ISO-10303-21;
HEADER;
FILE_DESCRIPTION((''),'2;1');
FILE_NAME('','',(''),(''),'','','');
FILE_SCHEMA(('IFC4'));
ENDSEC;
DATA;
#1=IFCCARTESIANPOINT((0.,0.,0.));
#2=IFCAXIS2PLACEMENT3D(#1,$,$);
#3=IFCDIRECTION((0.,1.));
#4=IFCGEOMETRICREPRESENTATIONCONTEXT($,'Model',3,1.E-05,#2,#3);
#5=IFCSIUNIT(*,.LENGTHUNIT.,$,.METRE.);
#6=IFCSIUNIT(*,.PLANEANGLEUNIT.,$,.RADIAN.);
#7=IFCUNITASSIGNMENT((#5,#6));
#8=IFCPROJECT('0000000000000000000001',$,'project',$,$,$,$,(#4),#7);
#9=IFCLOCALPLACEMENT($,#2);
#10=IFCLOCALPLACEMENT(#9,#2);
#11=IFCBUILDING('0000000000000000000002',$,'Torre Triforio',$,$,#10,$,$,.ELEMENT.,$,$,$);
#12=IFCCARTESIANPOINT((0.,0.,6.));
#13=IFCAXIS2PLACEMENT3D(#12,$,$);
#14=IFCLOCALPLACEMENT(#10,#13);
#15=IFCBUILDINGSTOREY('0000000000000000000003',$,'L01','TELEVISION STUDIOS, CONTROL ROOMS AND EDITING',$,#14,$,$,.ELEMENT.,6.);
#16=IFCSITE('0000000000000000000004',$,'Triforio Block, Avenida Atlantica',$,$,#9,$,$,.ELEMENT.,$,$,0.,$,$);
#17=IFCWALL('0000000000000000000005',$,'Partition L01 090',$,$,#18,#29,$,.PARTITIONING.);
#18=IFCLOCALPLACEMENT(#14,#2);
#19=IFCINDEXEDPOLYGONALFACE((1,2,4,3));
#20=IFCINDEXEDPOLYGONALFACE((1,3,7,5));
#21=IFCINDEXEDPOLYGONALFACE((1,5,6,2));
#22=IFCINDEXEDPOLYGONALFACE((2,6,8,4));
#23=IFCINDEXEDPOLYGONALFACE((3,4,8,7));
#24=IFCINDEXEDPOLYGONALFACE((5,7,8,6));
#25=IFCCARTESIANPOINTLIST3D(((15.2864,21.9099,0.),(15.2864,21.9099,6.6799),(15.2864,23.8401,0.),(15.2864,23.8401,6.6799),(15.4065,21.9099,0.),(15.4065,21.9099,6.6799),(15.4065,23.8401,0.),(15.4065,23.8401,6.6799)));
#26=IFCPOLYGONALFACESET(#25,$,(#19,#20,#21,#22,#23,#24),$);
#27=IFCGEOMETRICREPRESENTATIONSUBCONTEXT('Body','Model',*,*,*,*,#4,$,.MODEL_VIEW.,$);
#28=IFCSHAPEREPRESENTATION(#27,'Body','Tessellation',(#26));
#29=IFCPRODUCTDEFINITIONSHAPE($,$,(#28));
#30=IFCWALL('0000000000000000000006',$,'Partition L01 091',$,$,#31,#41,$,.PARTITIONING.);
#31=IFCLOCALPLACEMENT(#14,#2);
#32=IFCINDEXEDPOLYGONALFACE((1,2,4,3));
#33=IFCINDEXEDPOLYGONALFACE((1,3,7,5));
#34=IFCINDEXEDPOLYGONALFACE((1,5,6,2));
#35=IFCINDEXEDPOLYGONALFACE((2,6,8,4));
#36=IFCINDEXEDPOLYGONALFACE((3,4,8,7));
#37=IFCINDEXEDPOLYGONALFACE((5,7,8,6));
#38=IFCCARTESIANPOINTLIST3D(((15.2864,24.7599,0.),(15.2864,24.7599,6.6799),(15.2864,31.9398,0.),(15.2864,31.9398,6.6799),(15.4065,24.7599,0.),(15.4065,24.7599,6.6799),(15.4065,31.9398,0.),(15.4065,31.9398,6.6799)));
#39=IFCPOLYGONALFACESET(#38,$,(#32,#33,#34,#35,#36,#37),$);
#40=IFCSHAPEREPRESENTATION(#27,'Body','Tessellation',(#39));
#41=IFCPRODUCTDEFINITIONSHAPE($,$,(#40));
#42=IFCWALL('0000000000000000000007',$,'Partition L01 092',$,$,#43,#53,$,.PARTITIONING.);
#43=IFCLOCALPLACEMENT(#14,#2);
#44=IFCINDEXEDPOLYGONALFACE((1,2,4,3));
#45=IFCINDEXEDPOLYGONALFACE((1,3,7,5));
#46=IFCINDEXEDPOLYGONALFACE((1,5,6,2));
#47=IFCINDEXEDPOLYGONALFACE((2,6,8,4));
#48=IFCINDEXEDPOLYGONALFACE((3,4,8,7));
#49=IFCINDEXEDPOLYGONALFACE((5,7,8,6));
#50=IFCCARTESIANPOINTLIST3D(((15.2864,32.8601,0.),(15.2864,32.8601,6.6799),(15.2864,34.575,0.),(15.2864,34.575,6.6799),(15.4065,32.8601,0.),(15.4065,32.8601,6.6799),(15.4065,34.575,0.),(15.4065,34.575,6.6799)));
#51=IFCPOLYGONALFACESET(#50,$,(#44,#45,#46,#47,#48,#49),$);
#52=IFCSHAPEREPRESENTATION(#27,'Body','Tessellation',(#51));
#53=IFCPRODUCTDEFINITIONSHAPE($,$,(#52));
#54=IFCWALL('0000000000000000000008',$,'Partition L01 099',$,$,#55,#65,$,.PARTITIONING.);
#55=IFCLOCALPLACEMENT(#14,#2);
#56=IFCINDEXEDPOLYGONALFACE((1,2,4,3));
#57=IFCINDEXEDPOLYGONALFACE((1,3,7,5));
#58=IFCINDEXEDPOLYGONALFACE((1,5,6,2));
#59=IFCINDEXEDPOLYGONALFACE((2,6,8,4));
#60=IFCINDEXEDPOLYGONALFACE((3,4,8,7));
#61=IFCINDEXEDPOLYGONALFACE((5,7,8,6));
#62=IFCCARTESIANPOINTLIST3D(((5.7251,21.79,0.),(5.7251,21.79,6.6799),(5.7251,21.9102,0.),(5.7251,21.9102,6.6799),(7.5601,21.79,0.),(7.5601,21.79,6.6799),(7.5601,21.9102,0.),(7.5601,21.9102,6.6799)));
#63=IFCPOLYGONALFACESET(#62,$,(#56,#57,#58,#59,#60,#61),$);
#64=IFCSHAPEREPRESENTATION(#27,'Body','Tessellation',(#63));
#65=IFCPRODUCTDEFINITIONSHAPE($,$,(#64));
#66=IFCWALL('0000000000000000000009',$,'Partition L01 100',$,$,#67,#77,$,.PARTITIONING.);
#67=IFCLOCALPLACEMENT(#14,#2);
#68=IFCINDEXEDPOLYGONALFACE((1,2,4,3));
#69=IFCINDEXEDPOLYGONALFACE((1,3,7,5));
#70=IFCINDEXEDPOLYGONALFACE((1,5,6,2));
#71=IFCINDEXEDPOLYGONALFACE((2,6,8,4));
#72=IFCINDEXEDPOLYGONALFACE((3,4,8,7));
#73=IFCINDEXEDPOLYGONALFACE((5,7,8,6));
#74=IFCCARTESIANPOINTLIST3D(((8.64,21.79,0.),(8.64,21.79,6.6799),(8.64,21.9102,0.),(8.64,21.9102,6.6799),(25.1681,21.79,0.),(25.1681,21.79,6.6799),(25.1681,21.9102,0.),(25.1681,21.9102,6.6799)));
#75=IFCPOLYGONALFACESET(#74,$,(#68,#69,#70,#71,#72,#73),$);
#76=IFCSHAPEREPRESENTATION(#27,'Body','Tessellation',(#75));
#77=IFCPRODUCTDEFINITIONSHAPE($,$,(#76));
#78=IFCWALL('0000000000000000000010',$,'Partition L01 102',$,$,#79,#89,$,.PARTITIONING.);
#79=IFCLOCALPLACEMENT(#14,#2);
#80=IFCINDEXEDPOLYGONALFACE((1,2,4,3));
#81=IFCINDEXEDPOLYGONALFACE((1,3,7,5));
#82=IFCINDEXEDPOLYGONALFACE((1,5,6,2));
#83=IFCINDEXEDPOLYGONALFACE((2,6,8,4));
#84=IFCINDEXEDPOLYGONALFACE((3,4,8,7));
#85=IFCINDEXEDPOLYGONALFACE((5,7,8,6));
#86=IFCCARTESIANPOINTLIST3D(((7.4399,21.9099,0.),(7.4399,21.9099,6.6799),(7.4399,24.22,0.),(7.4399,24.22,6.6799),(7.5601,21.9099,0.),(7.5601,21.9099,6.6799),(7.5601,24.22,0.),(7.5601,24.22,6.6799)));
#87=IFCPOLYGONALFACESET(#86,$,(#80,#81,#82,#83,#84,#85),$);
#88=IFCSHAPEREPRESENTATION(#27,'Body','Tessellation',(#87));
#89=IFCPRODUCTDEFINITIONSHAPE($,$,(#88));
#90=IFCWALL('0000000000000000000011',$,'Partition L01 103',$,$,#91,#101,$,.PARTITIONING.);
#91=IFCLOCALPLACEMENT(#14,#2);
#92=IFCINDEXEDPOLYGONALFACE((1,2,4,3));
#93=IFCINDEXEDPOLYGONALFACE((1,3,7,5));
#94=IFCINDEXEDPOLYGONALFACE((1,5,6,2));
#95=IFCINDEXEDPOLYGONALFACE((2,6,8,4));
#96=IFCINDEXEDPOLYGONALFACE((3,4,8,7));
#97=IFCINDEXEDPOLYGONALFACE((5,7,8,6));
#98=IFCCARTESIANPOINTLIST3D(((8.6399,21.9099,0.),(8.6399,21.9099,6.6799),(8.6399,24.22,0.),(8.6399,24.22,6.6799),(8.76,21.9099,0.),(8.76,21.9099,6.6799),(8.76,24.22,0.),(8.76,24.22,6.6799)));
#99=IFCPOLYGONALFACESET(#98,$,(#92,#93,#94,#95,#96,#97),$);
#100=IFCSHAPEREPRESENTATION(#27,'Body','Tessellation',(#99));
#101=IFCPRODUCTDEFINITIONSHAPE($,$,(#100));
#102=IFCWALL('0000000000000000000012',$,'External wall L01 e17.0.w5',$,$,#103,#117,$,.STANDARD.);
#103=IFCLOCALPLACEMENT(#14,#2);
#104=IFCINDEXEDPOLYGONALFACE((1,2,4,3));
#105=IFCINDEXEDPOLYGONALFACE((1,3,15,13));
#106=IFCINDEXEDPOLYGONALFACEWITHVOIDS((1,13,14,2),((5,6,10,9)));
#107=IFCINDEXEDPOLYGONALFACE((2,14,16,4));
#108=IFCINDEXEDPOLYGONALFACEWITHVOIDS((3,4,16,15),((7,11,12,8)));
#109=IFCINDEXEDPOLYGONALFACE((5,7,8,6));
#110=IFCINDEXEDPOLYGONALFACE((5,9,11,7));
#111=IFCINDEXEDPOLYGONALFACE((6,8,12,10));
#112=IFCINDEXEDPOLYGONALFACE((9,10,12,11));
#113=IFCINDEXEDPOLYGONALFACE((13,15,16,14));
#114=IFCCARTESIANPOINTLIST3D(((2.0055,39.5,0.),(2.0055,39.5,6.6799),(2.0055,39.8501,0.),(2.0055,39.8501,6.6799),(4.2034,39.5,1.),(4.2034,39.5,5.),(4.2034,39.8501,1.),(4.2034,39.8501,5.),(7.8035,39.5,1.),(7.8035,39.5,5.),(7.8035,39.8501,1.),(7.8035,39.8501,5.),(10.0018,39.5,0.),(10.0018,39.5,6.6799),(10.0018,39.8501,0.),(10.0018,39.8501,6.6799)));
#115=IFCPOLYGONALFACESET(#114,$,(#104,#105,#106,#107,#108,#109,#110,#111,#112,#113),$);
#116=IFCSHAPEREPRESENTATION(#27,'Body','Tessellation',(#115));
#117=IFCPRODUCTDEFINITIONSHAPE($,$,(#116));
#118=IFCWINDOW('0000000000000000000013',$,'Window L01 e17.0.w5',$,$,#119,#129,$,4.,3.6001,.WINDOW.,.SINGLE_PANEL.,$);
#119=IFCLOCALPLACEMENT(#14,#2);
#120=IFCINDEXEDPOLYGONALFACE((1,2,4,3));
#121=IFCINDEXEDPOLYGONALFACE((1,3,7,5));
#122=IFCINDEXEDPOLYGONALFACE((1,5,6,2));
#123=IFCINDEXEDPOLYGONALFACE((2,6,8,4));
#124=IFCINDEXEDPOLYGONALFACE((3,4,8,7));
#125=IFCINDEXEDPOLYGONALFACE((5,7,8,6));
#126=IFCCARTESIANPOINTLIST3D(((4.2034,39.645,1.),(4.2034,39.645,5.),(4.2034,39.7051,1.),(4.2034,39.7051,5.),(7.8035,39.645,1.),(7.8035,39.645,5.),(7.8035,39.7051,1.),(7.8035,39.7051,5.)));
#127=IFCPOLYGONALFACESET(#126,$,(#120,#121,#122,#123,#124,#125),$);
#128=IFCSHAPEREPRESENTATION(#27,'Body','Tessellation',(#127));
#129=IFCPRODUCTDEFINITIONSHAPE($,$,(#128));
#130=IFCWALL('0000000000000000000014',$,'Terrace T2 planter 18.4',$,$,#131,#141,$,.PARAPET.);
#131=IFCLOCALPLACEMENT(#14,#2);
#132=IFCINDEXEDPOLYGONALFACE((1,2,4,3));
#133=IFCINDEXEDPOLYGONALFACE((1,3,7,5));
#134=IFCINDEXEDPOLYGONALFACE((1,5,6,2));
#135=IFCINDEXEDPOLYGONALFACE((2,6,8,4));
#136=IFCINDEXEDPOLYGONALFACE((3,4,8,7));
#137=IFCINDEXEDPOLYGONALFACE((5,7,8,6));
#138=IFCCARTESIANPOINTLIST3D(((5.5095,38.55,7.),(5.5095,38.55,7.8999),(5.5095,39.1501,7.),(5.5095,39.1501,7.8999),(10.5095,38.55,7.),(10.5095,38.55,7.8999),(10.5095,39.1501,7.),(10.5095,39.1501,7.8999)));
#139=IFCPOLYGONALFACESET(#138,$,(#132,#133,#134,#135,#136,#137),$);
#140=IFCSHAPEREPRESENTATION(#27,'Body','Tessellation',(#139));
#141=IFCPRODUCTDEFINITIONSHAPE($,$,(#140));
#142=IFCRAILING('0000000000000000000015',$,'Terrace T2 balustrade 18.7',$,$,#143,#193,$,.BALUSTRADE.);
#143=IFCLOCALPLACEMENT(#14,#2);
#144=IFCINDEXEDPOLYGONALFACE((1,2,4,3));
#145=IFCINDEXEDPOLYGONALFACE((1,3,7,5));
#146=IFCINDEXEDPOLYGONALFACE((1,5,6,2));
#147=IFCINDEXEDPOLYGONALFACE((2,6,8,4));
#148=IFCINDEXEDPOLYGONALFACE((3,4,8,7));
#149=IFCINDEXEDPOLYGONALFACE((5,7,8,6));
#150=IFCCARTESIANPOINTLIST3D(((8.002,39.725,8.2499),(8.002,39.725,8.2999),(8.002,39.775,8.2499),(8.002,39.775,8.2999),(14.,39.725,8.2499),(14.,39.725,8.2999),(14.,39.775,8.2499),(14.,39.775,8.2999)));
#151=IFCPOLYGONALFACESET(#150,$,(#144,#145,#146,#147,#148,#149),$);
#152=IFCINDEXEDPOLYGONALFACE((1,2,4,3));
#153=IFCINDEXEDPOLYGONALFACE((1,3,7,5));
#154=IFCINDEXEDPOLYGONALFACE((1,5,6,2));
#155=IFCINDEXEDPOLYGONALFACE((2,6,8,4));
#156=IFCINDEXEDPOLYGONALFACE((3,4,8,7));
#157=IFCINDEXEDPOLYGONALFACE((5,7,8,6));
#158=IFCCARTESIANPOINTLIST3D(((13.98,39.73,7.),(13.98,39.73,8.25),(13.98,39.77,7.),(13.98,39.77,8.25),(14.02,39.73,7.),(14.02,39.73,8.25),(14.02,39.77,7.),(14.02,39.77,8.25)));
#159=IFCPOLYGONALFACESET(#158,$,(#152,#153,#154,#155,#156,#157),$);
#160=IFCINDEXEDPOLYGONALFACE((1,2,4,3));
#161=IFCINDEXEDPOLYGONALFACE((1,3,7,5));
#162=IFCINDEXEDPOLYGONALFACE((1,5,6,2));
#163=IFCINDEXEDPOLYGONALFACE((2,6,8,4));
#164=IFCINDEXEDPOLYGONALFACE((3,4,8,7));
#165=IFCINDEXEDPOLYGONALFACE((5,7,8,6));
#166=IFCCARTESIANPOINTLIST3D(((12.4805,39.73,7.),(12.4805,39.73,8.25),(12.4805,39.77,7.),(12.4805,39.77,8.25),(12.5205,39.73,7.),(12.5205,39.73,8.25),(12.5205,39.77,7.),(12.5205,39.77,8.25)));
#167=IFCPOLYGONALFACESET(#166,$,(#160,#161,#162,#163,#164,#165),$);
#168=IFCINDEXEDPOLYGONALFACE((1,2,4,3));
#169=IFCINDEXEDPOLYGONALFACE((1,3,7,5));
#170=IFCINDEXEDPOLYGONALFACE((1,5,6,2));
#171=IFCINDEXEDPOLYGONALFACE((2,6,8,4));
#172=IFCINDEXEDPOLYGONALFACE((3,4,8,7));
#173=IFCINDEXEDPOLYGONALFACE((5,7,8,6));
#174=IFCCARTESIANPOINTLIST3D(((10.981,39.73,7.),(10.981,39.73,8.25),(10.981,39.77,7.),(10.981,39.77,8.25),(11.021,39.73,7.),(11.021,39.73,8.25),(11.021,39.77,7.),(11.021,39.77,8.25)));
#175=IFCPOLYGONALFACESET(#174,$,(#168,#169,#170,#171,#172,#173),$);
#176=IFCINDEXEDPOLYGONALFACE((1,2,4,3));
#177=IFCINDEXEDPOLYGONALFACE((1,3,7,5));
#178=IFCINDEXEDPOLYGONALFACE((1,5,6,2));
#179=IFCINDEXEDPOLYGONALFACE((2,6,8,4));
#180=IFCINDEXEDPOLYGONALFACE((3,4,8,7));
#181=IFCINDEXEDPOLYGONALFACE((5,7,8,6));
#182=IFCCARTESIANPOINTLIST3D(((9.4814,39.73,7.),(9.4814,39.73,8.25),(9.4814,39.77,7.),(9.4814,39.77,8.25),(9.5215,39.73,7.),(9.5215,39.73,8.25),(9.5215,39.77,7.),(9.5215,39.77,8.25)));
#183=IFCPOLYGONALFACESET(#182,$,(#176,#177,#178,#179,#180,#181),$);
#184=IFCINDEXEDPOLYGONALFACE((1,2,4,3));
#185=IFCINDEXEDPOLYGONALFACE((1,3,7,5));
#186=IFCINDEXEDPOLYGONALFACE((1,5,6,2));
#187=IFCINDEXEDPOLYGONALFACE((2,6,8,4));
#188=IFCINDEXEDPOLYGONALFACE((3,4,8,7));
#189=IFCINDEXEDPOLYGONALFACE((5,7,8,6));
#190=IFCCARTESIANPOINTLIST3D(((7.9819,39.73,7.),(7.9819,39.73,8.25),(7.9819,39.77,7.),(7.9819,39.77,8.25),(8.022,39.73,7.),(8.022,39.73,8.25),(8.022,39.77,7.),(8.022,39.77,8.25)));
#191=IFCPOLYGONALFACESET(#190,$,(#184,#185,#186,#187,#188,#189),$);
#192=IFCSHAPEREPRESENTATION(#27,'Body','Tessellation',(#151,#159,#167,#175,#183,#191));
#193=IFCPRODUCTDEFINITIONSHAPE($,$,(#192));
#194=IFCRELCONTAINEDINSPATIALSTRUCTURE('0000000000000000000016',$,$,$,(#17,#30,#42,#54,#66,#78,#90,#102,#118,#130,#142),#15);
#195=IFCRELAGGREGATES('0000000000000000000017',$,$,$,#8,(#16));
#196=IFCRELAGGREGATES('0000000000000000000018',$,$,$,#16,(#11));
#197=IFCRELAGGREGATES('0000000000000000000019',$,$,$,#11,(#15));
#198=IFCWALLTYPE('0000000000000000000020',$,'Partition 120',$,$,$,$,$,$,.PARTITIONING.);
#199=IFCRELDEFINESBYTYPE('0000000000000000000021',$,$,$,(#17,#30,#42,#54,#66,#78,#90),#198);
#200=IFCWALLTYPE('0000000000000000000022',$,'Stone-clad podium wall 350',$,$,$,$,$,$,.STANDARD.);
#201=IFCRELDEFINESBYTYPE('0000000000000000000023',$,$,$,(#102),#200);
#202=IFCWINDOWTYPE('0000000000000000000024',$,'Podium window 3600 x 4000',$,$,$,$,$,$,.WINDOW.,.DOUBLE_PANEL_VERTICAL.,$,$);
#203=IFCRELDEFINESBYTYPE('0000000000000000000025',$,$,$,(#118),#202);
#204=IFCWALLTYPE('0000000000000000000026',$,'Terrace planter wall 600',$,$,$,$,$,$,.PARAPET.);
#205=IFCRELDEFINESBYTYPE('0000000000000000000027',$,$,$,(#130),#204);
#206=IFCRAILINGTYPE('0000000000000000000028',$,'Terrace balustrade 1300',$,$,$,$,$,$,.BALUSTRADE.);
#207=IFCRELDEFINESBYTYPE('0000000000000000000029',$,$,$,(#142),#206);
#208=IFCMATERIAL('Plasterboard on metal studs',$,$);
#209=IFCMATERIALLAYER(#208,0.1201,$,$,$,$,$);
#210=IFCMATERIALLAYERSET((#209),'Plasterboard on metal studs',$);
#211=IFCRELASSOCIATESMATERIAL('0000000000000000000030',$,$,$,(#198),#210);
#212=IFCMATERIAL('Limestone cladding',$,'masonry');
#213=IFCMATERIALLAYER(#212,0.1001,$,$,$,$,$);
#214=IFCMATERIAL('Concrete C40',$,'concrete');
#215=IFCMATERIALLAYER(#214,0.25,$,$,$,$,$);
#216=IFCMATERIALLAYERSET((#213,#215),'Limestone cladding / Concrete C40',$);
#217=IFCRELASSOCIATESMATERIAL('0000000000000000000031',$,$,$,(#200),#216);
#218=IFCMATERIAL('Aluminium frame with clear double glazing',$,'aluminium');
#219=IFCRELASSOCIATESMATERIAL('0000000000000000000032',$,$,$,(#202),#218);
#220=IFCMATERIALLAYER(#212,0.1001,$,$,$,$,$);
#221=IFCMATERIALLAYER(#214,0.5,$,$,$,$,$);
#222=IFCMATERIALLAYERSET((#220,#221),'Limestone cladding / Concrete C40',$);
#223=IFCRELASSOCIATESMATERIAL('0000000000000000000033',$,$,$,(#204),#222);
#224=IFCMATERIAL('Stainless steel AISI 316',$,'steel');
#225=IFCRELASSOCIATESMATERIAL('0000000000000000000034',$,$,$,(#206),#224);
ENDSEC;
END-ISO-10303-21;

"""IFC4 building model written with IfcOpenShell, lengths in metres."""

from ifc_helpers import new_model, si_unit, direction, frame, frame_2d, origin, origin_2d, place, context, subcontext, project, spatial, rectangle, extrude, material, layer, layer_set, type_object, element, fill, save


model = new_model("IFC4")

# Units and contexts
model_context = context("Model", 3, precision=1e-05, world=origin(), true_north=direction((0.0, 1.0)))
body_context = subcontext(model_context, "Body", "Model", "MODEL_VIEW")
ifc_project = project(units=[si_unit("LENGTHUNIT", "METRE"), si_unit("PLANEANGLEUNIT", "RADIAN")], contexts=[model_context])

# Site, building, storey
site_placement = place(None, origin())
site = spatial("IfcSite", under=ifc_project, at=site_placement, Name="Triforio Block, Avenida Atlantica", CompositionType="ELEMENT", RefElevation=0.0)
building_placement = place(site_placement, origin())
building = spatial("IfcBuilding", under=site, at=building_placement, Name="Torre Triforio", CompositionType="ELEMENT")
storey_placement = place(building_placement, frame((0.0, 0.0, 6.0)))
storey = spatial("IfcBuildingStorey", under=building, at=storey_placement, Name="L01", Description="TELEVISION STUDIOS, CONTROL ROOMS AND EDITING", CompositionType="ELEMENT", Elevation=6.0)

# Shared definitions
ifc_material_1 = material(Name="Plasterboard on metal studs")

# Walls
ifc_layer_1 = layer(ifc_material_1, 0.1201)
ifc_layer_set_1 = layer_set([ifc_layer_1], Name="Plasterboard on metal studs")
wall_type_1 = type_object("IfcWallType", Name="Partition 120", PredefinedType="PARTITIONING", material=ifc_layer_set_1)
wall_1_placement = place(storey_placement, frame((15.3464, 21.9099, 0.0), z_axis=(0.0, 0.0, 1.0), x_axis=(0.0, 1.0, 0.0)))
element("IfcWall", 1, at=wall_1_placement, inside=storey, type_object=wall_type_1, Name="Partition L01 090", PredefinedType="PARTITIONING", context=body_context, shape_type="SweptSolid", body=[
    extrude(rectangle(XDim=1.9302, YDim=0.1201, at=frame_2d((0.9651, 0.0))), origin(), (0.0, 0.0, 1.0), 6.6799),
])
wall_2_placement = place(storey_placement, frame((15.3464, 24.76, 0.0), z_axis=(0.0, 0.0, 1.0), x_axis=(0.0, 1.0, 0.0)))
element("IfcWall", 2, at=wall_2_placement, inside=storey, type_object=wall_type_1, Name="Partition L01 091", PredefinedType="PARTITIONING", context=body_context, shape_type="SweptSolid", body=[
    extrude(rectangle(XDim=7.1799, YDim=0.1201, at=frame_2d((3.5898, 0.0))), origin(), (0.0, 0.0, 1.0), 6.6799),
])
wall_3_placement = place(storey_placement, frame((15.3464, 32.8601, 0.0), z_axis=(0.0, 0.0, 1.0), x_axis=(0.0, 1.0, 0.0)))
element("IfcWall", 3, at=wall_3_placement, inside=storey, type_object=wall_type_1, Name="Partition L01 092", PredefinedType="PARTITIONING", context=body_context, shape_type="SweptSolid", body=[
    extrude(rectangle(XDim=1.7148, YDim=0.1201, at=frame_2d((0.8574, 0.0))), origin(), (0.0, 0.0, 1.0), 6.6799),
])
wall_4_placement = place(storey_placement, frame((5.7251, 21.8501, 0.0), z_axis=(0.0, 0.0, 1.0), x_axis=(1.0, 0.0, 0.0)))
element("IfcWall", 4, at=wall_4_placement, inside=storey, type_object=wall_type_1, Name="Partition L01 099", PredefinedType="PARTITIONING", context=body_context, shape_type="SweptSolid", body=[
    extrude(rectangle(XDim=1.835, YDim=0.1201, at=frame_2d((0.9175, 0.0))), origin(), (0.0, 0.0, 1.0), 6.6799),
])
wall_5_placement = place(storey_placement, frame((8.6399, 21.8501, 0.0), z_axis=(0.0, 0.0, 1.0), x_axis=(1.0, 0.0, 0.0)))
element("IfcWall", 5, at=wall_5_placement, inside=storey, type_object=wall_type_1, Name="Partition L01 100", PredefinedType="PARTITIONING", context=body_context, shape_type="SweptSolid", body=[
    extrude(rectangle(XDim=16.5281, YDim=0.1201, at=frame_2d((8.2642, 0.0))), origin(), (0.0, 0.0, 1.0), 6.6799),
])
for number, where, z_axis, x_axis, name in (
    (6, (7.5, 21.9099, 0.0), (0.0, 0.0, 1.0), (0.0, 1.0, 0.0), "Partition L01 102"),
    (7, (8.7, 21.9099, 0.0), (0.0, 0.0, 1.0), (0.0, 1.0, 0.0), "Partition L01 103"),
):
    element("IfcWall", number, at=place(storey_placement, frame(where, z_axis=z_axis, x_axis=x_axis)), inside=storey, type_object=wall_type_1, Name=name, PredefinedType="PARTITIONING", context=body_context, shape_type="SweptSolid", body=[
        extrude(rectangle(XDim=2.3101, YDim=0.1201, at=frame_2d((1.155, 0.0))), origin(), (0.0, 0.0, 1.0), 6.6799),
    ])

# Wall, opening, window
ifc_material_2 = material(Name="Limestone cladding", Category="masonry")
ifc_layer_2 = layer(ifc_material_2, 0.1001)
ifc_material_3 = material(Name="Concrete C40", Category="concrete")
ifc_layer_3 = layer(ifc_material_3, 0.25)
ifc_layer_set_2 = layer_set([ifc_layer_2, ifc_layer_3], Name="Limestone cladding / Concrete C40")
wall_type_2 = type_object("IfcWallType", Name="Stone-clad podium wall 350", PredefinedType="STANDARD", material=ifc_layer_set_2)
wall_6_placement = place(storey_placement, frame((10.0017, 39.675, 0.0), z_axis=(0.0, 0.0, 1.0), x_axis=(-1.0, 0.0, 0.0)))
wall_6 = element("IfcWall", 8, at=wall_6_placement, inside=storey, type_object=wall_type_2, Name="External wall L01 e17.0.w5", PredefinedType="STANDARD", context=body_context, shape_type="SweptSolid", body=[
    extrude(rectangle(XDim=7.9963, YDim=0.3501, at=frame_2d((3.998, 0.0))), origin(), (0.0, 0.0, 1.0), 6.6799),
])
opening_1_placement = place(wall_6_placement, frame((2.1982, 0.0, 1.0)))
opening_1 = element("IfcOpeningElement", 9, at=opening_1_placement, cuts=wall_6, PredefinedType="OPENING", context=body_context, shape_type="SweptSolid", body=[
    extrude(rectangle(XDim=3.6001, YDim=4.0, at=frame_2d((1.8, 2.0))), frame((0.0, 0.1851, 0.0), z_axis=(0.0, -1.0, 0.0), x_axis=(1.0, 0.0, 0.0)), (0.0, 0.0, 1.0), 0.3701),
])
ifc_material_4 = material(Name="Aluminium frame with clear double glazing", Category="aluminium")
window_type = type_object("IfcWindowType", Name="Podium window 3600 x 4000", PartitioningType="DOUBLE_PANEL_VERTICAL", PredefinedType="WINDOW", material=ifc_material_4)
window_placement = place(opening_1_placement, origin())
window = element("IfcWindow", 10, at=window_placement, inside=storey, type_object=window_type, Name="Window L01 e17.0.w5", OverallHeight=4.0, OverallWidth=3.6001, PartitioningType="SINGLE_PANEL", PredefinedType="WINDOW", context=body_context, shape_type="SweptSolid", body=[
    extrude(rectangle(XDim=3.6001, YDim=4.0, at=frame_2d((1.8, 2.0))), frame((0.0, 0.03, 0.0), z_axis=(0.0, -1.0, 0.0), x_axis=(1.0, 0.0, 0.0)), (0.0, 0.0, 1.0), 0.0601),
])
fill(opening_1, window)

# Wall
ifc_layer_4 = layer(ifc_material_2, 0.1001)
ifc_layer_5 = layer(ifc_material_3, 0.5)
ifc_layer_set_3 = layer_set([ifc_layer_4, ifc_layer_5], Name="Limestone cladding / Concrete C40")
wall_type_3 = type_object("IfcWallType", Name="Terrace planter wall 600", PredefinedType="PARAPET", material=ifc_layer_set_3)
wall_7_placement = place(storey_placement, frame((10.5095, 38.8501, 7.0), z_axis=(0.0, 0.0, 1.0), x_axis=(-1.0, 0.0, 0.0)))
element("IfcWall", 11, at=wall_7_placement, inside=storey, type_object=wall_type_3, Name="Terrace T2 planter 18.4", PredefinedType="PARAPET", context=body_context, shape_type="SweptSolid", body=[
    extrude(rectangle(XDim=5.0, YDim=0.6001, at=frame_2d((2.5, 0.0))), origin(), (0.0, 0.0, 1.0), 0.8999),
])

# Railing
ifc_material_5 = material(Name="Stainless steel AISI 316", Category="steel")
railing_type = type_object("IfcRailingType", Name="Terrace balustrade 1300", PredefinedType="BALUSTRADE", material=ifc_material_5)
railing_1_placement = place(storey_placement, frame((14.0, 39.75, 7.0)))
element("IfcRailing", 12, at=railing_1_placement, inside=storey, type_object=railing_type, Name="Terrace T2 balustrade 18.7", PredefinedType="BALUSTRADE", context=body_context, shape_type="SweptSolid", body=[
    extrude(rectangle(XDim=0.05, YDim=0.05, at=origin_2d()), frame((0.0, 0.0, 1.2749), z_axis=(-1.0, 0.0, 0.0), x_axis=(0.0, -1.0, 0.0)), (0.0, 0.0, 1.0), 5.998),
    extrude(rectangle(XDim=0.04, YDim=0.04, at=origin_2d()), origin(), (0.0, 0.0, 1.0), 1.25),
    extrude(rectangle(XDim=0.04, YDim=0.04, at=origin_2d()), frame((-1.4995, 0.0, 0.0)), (0.0, 0.0, 1.0), 1.25),
    extrude(rectangle(XDim=0.04, YDim=0.04, at=origin_2d()), frame((-2.999, 0.0, 0.0)), (0.0, 0.0, 1.0), 1.25),
    extrude(rectangle(XDim=0.04, YDim=0.04, at=origin_2d()), frame((-4.4985, 0.0, 0.0)), (0.0, 0.0, 1.0), 1.25),
    extrude(rectangle(XDim=0.04, YDim=0.04, at=origin_2d()), frame((-5.998, 0.0, 0.0)), (0.0, 0.0, 1.0), 1.25),
])

save(model, "model.ifc")
